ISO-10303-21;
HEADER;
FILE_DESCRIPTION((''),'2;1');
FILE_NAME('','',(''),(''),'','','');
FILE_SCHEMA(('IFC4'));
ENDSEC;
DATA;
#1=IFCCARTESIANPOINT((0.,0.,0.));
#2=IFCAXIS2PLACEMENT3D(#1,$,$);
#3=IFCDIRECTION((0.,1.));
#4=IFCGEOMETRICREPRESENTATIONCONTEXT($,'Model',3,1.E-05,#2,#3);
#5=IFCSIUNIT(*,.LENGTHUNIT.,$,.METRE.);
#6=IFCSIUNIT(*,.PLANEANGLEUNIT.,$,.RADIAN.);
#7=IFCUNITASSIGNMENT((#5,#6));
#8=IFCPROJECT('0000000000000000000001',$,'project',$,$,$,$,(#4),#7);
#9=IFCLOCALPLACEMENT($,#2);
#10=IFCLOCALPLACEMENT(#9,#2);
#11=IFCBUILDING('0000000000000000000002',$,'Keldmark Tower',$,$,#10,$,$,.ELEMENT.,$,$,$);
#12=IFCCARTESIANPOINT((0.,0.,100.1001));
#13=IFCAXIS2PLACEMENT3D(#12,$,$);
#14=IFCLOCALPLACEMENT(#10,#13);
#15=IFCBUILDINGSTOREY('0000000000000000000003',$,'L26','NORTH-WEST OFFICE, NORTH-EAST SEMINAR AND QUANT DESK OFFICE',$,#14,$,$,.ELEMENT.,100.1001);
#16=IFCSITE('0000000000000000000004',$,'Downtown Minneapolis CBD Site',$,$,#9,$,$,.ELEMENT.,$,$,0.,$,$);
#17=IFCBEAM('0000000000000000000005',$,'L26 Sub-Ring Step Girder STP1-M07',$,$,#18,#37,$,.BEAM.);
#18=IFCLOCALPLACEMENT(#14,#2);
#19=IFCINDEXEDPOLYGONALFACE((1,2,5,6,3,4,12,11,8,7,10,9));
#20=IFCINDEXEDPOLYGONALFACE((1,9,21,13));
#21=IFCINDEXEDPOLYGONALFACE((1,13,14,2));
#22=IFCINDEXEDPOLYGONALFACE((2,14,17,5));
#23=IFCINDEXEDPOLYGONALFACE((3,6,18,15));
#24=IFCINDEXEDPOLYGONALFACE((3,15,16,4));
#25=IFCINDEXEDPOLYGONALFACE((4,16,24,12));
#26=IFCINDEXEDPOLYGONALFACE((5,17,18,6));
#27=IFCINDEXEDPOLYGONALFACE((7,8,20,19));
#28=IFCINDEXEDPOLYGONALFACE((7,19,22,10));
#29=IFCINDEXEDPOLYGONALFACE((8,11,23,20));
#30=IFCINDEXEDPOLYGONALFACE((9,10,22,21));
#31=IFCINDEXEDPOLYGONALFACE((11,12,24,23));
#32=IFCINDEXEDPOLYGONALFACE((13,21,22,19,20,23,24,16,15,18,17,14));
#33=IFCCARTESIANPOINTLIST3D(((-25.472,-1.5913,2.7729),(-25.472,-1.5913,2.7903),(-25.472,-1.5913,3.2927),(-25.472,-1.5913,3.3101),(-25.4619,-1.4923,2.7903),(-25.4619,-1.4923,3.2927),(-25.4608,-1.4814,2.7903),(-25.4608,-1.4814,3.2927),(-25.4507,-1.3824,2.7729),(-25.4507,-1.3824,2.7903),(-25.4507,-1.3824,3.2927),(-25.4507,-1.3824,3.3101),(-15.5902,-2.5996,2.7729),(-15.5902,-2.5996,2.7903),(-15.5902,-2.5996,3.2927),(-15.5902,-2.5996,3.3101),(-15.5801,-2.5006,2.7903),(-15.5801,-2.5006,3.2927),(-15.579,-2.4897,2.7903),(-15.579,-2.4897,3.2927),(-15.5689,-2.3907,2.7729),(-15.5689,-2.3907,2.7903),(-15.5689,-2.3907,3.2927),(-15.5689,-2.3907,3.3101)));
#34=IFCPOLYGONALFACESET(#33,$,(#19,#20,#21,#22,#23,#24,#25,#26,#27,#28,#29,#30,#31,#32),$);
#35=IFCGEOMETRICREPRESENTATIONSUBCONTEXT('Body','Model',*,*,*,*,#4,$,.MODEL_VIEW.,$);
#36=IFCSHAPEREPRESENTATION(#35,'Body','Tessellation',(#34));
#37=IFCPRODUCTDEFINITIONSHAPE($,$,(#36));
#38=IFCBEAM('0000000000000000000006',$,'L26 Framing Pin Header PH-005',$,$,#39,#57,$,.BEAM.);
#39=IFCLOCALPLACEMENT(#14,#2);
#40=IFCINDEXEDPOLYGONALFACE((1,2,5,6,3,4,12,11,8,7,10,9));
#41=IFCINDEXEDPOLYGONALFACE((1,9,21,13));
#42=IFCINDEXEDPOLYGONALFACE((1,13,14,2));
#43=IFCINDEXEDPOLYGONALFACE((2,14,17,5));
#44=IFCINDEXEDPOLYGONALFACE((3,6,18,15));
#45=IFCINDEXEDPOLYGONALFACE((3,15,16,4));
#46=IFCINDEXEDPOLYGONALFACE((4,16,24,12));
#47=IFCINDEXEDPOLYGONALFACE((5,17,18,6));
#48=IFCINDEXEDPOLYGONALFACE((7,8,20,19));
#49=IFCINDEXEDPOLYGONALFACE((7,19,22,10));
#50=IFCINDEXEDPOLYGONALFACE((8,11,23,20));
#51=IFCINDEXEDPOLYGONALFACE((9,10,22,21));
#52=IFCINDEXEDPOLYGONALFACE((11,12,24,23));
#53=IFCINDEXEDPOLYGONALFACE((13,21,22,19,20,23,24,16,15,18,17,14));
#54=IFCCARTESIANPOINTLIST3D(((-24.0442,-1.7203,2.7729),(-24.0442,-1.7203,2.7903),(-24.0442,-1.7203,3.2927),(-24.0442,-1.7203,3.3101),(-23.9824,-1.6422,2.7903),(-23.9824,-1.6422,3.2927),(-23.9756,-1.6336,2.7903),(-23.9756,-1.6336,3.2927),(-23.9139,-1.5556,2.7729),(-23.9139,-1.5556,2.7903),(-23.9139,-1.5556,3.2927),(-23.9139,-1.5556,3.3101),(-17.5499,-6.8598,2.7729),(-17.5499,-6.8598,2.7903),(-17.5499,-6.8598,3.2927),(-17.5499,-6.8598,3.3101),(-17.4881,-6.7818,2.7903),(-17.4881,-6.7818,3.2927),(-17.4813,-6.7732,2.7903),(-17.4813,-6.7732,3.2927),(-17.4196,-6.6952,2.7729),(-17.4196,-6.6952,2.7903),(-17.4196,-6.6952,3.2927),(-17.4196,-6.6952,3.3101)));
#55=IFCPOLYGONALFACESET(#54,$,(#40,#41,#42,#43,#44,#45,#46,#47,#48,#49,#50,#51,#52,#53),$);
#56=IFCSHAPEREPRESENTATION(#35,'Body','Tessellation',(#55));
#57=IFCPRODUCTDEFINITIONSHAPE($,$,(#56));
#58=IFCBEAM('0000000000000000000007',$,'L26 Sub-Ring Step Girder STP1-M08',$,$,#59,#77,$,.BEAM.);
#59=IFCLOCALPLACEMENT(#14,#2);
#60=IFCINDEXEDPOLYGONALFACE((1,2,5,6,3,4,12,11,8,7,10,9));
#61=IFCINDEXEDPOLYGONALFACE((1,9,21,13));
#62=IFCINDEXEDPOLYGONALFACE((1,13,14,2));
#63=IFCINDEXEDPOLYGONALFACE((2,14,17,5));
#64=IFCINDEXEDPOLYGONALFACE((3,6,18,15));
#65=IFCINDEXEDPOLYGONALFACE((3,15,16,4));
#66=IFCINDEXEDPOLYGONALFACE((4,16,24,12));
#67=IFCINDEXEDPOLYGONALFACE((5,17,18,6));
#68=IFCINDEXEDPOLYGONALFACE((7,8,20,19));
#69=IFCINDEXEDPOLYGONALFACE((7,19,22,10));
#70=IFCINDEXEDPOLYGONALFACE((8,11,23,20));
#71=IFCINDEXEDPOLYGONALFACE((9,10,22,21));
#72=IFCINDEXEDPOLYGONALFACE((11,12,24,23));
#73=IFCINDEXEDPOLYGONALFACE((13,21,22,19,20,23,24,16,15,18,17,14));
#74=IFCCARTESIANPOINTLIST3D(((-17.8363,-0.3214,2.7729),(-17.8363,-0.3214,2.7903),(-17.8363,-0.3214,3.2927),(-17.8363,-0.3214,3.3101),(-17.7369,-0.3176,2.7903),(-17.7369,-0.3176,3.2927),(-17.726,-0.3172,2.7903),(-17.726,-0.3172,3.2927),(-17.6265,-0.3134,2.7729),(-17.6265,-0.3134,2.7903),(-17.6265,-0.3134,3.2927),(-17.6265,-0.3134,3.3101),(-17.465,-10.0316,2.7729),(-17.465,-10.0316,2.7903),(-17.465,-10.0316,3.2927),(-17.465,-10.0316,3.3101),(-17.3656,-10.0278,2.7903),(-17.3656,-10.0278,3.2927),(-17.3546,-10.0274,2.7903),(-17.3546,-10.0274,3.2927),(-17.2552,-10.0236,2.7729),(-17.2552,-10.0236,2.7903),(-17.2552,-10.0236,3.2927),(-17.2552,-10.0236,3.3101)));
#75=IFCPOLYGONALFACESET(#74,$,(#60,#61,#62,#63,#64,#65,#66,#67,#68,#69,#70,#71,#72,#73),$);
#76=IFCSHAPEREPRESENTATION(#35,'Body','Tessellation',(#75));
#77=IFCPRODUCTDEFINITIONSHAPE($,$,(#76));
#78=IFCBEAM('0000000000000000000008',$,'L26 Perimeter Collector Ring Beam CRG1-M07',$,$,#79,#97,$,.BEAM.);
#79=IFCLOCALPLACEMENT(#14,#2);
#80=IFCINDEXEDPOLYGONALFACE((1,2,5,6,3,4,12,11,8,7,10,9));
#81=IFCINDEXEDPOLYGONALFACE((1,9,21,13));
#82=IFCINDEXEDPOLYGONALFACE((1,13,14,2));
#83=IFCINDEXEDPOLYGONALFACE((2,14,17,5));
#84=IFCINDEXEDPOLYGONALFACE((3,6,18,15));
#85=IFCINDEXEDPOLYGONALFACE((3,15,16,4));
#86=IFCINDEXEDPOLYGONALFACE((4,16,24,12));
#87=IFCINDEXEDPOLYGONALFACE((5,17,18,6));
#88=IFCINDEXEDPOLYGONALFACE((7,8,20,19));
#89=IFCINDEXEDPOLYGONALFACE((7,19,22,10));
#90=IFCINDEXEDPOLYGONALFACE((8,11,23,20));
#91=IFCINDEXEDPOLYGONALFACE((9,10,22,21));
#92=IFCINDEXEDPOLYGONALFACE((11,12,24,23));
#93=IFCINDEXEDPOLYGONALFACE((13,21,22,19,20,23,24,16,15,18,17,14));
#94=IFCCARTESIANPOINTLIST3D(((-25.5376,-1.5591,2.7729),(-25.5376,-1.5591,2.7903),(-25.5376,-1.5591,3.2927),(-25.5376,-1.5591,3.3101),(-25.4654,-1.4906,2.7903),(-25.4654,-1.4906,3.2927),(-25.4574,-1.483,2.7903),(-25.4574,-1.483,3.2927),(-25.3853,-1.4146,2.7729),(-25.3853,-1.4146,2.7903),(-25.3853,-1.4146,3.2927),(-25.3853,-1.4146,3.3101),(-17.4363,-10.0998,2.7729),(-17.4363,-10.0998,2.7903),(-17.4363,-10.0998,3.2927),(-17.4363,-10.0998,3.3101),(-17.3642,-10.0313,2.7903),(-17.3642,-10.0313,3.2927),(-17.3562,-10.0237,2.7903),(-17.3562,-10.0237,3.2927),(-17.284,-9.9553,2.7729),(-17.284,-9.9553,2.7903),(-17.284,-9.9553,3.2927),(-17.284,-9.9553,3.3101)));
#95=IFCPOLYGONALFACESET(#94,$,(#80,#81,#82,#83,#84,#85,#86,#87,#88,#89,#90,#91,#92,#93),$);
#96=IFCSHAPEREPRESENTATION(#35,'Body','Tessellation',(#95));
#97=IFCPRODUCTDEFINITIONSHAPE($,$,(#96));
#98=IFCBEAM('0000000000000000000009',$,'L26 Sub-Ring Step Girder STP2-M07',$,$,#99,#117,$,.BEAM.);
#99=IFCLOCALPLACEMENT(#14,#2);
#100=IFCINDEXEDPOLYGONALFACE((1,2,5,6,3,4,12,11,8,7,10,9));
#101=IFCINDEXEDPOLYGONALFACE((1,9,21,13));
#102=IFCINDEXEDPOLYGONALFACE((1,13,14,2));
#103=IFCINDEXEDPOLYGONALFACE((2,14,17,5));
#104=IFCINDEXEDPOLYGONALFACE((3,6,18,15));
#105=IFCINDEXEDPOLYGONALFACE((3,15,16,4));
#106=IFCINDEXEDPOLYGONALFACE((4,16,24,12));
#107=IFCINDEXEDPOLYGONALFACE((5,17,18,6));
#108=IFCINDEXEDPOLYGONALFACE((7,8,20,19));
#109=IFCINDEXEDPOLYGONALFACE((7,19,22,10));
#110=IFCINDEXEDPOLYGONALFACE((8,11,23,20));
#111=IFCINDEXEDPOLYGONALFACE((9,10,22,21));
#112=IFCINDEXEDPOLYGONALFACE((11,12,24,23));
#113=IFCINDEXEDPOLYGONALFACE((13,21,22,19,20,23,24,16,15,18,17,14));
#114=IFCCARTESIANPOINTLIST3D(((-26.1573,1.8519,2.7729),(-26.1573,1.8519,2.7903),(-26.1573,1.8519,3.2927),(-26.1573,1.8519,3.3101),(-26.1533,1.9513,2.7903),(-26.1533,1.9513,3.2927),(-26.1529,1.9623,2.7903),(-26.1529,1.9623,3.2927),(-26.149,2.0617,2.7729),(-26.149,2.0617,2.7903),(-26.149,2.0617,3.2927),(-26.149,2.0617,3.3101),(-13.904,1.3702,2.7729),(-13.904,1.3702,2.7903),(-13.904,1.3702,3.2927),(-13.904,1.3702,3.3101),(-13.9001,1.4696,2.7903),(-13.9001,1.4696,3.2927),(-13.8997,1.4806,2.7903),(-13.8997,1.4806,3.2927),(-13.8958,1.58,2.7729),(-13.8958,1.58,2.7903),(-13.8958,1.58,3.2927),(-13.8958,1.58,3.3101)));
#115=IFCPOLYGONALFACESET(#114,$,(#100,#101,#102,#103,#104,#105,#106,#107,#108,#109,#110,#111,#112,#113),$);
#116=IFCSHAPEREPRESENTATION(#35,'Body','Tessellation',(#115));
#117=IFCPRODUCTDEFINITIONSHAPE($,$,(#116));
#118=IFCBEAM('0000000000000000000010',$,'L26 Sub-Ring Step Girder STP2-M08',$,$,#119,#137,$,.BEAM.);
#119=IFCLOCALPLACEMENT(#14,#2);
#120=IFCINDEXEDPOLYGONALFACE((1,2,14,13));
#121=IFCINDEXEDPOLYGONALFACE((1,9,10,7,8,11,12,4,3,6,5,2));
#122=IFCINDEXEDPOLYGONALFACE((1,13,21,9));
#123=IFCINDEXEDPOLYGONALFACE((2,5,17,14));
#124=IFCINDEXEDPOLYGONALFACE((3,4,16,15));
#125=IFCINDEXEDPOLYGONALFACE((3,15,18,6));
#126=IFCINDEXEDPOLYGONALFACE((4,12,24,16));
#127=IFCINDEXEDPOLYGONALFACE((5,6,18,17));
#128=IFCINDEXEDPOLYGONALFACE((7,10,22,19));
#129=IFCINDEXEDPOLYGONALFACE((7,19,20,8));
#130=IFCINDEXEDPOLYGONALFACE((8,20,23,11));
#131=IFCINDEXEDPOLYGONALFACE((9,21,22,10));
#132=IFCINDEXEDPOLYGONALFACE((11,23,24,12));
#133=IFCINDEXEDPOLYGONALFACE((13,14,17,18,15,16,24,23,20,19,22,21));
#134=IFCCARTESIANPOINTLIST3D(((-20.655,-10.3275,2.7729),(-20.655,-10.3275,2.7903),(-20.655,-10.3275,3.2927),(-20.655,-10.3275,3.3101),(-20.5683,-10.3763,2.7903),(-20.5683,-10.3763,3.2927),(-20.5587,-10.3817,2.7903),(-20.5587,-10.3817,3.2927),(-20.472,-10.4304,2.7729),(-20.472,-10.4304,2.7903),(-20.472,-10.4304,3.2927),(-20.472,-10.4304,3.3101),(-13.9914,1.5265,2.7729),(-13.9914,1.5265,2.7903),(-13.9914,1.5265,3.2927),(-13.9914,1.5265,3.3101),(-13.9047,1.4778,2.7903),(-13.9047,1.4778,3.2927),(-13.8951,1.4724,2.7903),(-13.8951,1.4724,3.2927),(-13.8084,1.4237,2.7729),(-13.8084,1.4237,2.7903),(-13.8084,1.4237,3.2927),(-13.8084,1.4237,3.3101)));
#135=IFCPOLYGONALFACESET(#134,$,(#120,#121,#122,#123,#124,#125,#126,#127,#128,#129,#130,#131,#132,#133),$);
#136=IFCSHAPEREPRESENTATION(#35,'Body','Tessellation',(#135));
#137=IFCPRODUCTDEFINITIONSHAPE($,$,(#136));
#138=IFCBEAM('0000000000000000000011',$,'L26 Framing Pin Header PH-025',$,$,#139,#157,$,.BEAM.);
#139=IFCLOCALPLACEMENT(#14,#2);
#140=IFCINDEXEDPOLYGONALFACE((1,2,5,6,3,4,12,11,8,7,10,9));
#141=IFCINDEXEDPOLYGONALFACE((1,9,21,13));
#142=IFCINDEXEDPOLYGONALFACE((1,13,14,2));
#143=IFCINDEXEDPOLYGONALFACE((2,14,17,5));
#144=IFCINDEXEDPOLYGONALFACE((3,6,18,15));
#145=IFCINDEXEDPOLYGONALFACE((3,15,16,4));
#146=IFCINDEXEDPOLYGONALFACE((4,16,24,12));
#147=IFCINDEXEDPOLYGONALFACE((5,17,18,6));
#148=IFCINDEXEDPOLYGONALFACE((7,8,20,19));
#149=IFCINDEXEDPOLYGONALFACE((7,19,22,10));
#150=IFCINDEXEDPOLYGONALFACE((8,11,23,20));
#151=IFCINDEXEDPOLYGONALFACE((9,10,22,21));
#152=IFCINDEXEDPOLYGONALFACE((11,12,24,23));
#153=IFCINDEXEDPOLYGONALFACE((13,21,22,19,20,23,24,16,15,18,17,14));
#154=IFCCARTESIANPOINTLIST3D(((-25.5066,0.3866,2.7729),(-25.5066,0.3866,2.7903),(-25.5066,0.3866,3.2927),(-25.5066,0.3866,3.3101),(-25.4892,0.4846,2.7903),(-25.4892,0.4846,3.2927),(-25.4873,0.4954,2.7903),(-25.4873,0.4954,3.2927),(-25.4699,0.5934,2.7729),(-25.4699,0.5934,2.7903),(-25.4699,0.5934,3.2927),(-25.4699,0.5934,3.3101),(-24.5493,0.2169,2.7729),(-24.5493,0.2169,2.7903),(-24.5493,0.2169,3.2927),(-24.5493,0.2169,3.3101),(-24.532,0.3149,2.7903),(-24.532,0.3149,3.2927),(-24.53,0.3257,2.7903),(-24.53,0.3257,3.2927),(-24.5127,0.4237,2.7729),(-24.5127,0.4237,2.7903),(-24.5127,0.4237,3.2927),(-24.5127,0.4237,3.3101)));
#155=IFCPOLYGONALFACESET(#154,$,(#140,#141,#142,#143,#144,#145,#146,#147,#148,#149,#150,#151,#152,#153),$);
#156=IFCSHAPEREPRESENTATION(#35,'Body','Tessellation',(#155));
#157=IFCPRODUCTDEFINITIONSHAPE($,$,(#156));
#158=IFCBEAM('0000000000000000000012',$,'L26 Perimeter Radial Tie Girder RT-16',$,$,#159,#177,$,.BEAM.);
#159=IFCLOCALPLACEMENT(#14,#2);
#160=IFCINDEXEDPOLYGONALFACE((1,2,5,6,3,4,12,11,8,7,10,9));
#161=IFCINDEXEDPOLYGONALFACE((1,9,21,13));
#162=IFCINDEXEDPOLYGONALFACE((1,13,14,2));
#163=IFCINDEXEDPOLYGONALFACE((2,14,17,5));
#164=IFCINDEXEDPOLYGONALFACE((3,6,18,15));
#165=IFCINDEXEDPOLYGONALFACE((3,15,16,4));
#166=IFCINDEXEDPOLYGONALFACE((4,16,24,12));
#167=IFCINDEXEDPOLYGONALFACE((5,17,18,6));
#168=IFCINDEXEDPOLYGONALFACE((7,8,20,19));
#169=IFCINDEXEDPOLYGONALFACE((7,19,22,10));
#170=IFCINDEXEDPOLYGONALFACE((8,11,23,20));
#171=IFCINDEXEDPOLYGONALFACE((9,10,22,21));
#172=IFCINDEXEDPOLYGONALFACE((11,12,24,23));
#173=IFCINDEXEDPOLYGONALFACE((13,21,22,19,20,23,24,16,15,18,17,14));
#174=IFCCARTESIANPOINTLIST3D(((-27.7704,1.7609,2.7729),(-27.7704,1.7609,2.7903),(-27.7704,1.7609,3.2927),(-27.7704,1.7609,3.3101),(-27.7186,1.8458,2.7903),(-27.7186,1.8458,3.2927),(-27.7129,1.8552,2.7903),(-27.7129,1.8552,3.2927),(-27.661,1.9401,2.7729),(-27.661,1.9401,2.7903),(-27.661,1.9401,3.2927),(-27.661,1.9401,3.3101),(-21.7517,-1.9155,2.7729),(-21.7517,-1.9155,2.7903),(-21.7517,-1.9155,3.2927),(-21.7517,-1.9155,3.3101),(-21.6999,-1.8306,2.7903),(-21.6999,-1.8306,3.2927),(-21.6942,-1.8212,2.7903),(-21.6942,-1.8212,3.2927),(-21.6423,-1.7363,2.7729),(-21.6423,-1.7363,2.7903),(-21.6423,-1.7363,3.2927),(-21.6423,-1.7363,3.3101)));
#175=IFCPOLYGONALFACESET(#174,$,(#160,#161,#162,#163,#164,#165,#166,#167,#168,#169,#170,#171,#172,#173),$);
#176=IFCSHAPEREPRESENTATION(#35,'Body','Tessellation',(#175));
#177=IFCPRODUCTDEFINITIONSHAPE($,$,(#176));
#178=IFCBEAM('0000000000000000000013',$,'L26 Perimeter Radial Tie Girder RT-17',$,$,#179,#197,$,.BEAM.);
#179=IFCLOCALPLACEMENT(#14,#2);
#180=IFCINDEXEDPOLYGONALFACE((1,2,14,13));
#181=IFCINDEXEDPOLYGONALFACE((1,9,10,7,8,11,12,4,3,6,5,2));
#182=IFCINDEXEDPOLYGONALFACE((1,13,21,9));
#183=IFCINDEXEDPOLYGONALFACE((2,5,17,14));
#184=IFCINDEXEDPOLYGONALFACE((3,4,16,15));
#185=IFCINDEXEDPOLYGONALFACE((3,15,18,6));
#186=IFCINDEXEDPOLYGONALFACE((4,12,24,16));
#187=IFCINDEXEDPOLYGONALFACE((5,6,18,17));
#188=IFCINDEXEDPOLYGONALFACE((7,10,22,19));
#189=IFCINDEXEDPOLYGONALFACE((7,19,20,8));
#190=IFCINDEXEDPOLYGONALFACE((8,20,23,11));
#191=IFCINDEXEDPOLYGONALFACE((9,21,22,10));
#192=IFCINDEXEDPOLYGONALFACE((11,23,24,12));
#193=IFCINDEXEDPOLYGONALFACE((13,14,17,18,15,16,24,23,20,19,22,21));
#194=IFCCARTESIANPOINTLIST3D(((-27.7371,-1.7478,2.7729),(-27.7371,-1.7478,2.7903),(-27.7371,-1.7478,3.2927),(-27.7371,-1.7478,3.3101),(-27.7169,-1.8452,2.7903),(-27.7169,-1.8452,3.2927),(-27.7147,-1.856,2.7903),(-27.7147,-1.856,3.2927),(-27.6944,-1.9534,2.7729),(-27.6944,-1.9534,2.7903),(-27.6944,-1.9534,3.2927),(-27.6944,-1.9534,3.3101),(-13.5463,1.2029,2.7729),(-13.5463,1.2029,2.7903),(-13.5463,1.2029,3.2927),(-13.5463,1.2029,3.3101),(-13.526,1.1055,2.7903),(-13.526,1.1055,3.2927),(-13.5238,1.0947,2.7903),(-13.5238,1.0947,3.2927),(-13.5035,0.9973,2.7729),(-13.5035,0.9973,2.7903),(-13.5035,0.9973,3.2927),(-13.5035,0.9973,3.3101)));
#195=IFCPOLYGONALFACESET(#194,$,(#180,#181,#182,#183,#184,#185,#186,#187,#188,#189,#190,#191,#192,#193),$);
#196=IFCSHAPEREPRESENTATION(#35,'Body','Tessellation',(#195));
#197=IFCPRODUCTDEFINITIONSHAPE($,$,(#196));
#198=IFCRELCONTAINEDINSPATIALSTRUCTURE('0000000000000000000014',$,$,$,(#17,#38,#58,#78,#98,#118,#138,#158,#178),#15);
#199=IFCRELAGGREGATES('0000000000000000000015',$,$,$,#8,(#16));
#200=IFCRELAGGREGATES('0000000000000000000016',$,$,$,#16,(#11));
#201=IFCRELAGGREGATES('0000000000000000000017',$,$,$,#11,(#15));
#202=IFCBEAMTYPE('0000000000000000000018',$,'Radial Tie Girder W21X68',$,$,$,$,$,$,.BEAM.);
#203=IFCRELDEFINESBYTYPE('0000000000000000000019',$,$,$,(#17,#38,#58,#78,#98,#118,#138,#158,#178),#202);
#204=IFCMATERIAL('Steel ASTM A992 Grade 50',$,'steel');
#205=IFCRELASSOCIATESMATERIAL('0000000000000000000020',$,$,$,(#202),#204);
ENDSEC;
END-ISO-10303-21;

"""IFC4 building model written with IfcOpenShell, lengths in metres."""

from ifc_helpers import new_model, si_unit, direction, frame, origin, origin_2d, place, context, subcontext, project, spatial, i_section, extrude, material, material_profile, profile_set, type_object, element, save


model = new_model("IFC4")

# Units and contexts
model_context = context("Model", 3, precision=1e-05, world=origin(), true_north=direction((0.0, 1.0)))
body_context = subcontext(model_context, "Body", "Model", "MODEL_VIEW")
ifc_project = project(units=[si_unit("LENGTHUNIT", "METRE"), si_unit("PLANEANGLEUNIT", "RADIAN")], contexts=[model_context])

# Site, building, storey
site_placement = place(None, origin())
site = spatial("IfcSite", under=ifc_project, at=site_placement, Name="Downtown Minneapolis CBD Site", CompositionType="ELEMENT", RefElevation=0.0)
building_placement = place(site_placement, origin())
building = spatial("IfcBuilding", under=site, at=building_placement, Name="Keldmark Tower", CompositionType="ELEMENT")
storey_placement = place(building_placement, frame((0.0, 0.0, 100.1001)))
storey = spatial("IfcBuildingStorey", under=building, at=storey_placement, Name="L26", Description="NORTH-WEST OFFICE, NORTH-EAST SEMINAR AND QUANT DESK OFFICE", CompositionType="ELEMENT", Elevation=100.1001)

# Beams
ifc_material_1 = material(Name="Steel ASTM A992 Grade 50", Category="steel")
ifc_material_profile_1 = material_profile(ifc_material_1, i_section(OverallWidth=0.21, OverallDepth=0.5371, WebThickness=0.011, FlangeThickness=0.0173, at=origin_2d()), Name="W21X68")
ifc_profile_set_1 = profile_set([ifc_material_profile_1], Name="Steel ASTM A992 Grade 50")
beam_type_1 = type_object("IfcBeamType", Name="Radial Tie Girder W21X68", PredefinedType="BEAM", material=ifc_profile_set_1)
beam_1_placement = place(storey_placement, frame((-15.5796, -2.4951, 3.0415), z_axis=(-0.994835, 0.101509, 0.0), x_axis=(-0.101509, -0.994835, 0.0)))
element("IfcBeam", 1, at=beam_1_placement, inside=storey, type_object=beam_type_1, Name="L26 Sub-Ring Step Girder STP1-M07", PredefinedType="BEAM", context=body_context, shape_type="SweptSolid", body=[
    extrude(i_section(OverallWidth=0.21, OverallDepth=0.5371, WebThickness=0.011, FlangeThickness=0.0173, at=origin_2d()), origin(), (0.0, 0.0, 1.0), 9.9331),
])
beam_2_placement = place(storey_placement, frame((-23.979, -1.6379, 3.0415), z_axis=(0.784148, -0.620574, 0.0), x_axis=(0.620574, 0.784148, 0.0)))
element("IfcBeam", 2, at=beam_2_placement, inside=storey, type_object=beam_type_1, Name="L26 Framing Pin Header PH-005", PredefinedType="BEAM", context=body_context, shape_type="SweptSolid", body=[
    extrude(i_section(OverallWidth=0.21, OverallDepth=0.5371, WebThickness=0.011, FlangeThickness=0.0173, at=origin_2d()), origin(), (0.0, 0.0, 1.0), 8.282),
])
beam_3_placement = place(storey_placement, frame((-17.7314, -0.3174, 3.0415), z_axis=(0.038214, -0.99927, 0.0), x_axis=(0.99927, 0.038214, 0.0)))
element("IfcBeam", 3, at=beam_3_placement, inside=storey, type_object=beam_type_1, Name="L26 Sub-Ring Step Girder STP1-M08", PredefinedType="BEAM", context=body_context, shape_type="SweptSolid", body=[
    extrude(i_section(OverallWidth=0.21, OverallDepth=0.5371, WebThickness=0.011, FlangeThickness=0.0173, at=origin_2d()), origin(), (0.0, 0.0, 1.0), 9.7173),
])
beam_4_placement = place(storey_placement, frame((-25.4614, -1.4868, 3.0415), z_axis=(0.688195, -0.725526, 0.0), x_axis=(0.725526, 0.688195, 0.0)))
element("IfcBeam", 4, at=beam_4_placement, inside=storey, type_object=beam_type_1, Name="L26 Perimeter Collector Ring Beam CRG1-M07", PredefinedType="BEAM", context=body_context, shape_type="SweptSolid", body=[
    extrude(i_section(OverallWidth=0.21, OverallDepth=0.5371, WebThickness=0.011, FlangeThickness=0.0173, at=origin_2d()), origin(), (0.0, 0.0, 1.0), 11.7717),
])
beam_5_placement = place(storey_placement, frame((-13.8999, 1.4751, 3.0415), z_axis=(-0.999228, 0.039281, 0.0), x_axis=(-0.039281, -0.999228, 0.0)))
element("IfcBeam", 5, at=beam_5_placement, inside=storey, type_object=beam_type_1, Name="L26 Sub-Ring Step Girder STP2-M07", PredefinedType="BEAM", context=body_context, shape_type="SweptSolid", body=[
    extrude(i_section(OverallWidth=0.21, OverallDepth=0.5371, WebThickness=0.011, FlangeThickness=0.0173, at=origin_2d()), origin(), (0.0, 0.0, 1.0), 12.2627),
])
beam_6_placement = place(storey_placement, frame((-13.8999, 1.4751, 3.0415), z_axis=(-0.490021, -0.871711, 0.0), x_axis=(0.871711, -0.490021, 0.0)))
element("IfcBeam", 6, at=beam_6_placement, inside=storey, type_object=beam_type_1, Name="L26 Sub-Ring Step Girder STP2-M08", PredefinedType="BEAM", context=body_context, shape_type="SweptSolid", body=[
    extrude(i_section(OverallWidth=0.21, OverallDepth=0.5371, WebThickness=0.011, FlangeThickness=0.0173, at=origin_2d()), origin(), (0.0, 0.0, 1.0), 13.5986),
])
beam_7_placement = place(storey_placement, frame((-24.531, 0.3203, 3.0415), z_axis=(-0.984652, 0.17453, 0.0), x_axis=(-0.17453, -0.984652, 0.0)))
element("IfcBeam", 7, at=beam_7_placement, inside=storey, type_object=beam_type_1, Name="L26 Framing Pin Header PH-025", PredefinedType="BEAM", context=body_context, shape_type="SweptSolid", body=[
    extrude(i_section(OverallWidth=0.21, OverallDepth=0.5371, WebThickness=0.011, FlangeThickness=0.0173, at=origin_2d()), origin(), (0.0, 0.0, 1.0), 0.9722),
])
beam_8_placement = place(storey_placement, frame((-21.697, -1.8259, 3.0415), z_axis=(-0.853385, 0.521281, 0.0), x_axis=(-0.521281, -0.853385, 0.0)))
element("IfcBeam", 8, at=beam_8_placement, inside=storey, type_object=beam_type_1, Name="L26 Perimeter Radial Tie Girder RT-16", PredefinedType="BEAM", context=body_context, shape_type="SweptSolid", body=[
    extrude(i_section(OverallWidth=0.21, OverallDepth=0.5371, WebThickness=0.011, FlangeThickness=0.0173, at=origin_2d()), origin(), (0.0, 0.0, 1.0), 7.0527),
])
beam_9_placement = place(storey_placement, frame((-13.5249, 1.1001, 3.0415), z_axis=(-0.97906, -0.203574, 0.0), x_axis=(0.203574, -0.97906, 0.0)))
element("IfcBeam", 9, at=beam_9_placement, inside=storey, type_object=beam_type_1, Name="L26 Perimeter Radial Tie Girder RT-17", PredefinedType="BEAM", context=body_context, shape_type="SweptSolid", body=[
    extrude(i_section(OverallWidth=0.21, OverallDepth=0.5371, WebThickness=0.011, FlangeThickness=0.0173, at=origin_2d()), origin(), (0.0, 0.0, 1.0), 14.4944),
])

save(model, "model.ifc")
